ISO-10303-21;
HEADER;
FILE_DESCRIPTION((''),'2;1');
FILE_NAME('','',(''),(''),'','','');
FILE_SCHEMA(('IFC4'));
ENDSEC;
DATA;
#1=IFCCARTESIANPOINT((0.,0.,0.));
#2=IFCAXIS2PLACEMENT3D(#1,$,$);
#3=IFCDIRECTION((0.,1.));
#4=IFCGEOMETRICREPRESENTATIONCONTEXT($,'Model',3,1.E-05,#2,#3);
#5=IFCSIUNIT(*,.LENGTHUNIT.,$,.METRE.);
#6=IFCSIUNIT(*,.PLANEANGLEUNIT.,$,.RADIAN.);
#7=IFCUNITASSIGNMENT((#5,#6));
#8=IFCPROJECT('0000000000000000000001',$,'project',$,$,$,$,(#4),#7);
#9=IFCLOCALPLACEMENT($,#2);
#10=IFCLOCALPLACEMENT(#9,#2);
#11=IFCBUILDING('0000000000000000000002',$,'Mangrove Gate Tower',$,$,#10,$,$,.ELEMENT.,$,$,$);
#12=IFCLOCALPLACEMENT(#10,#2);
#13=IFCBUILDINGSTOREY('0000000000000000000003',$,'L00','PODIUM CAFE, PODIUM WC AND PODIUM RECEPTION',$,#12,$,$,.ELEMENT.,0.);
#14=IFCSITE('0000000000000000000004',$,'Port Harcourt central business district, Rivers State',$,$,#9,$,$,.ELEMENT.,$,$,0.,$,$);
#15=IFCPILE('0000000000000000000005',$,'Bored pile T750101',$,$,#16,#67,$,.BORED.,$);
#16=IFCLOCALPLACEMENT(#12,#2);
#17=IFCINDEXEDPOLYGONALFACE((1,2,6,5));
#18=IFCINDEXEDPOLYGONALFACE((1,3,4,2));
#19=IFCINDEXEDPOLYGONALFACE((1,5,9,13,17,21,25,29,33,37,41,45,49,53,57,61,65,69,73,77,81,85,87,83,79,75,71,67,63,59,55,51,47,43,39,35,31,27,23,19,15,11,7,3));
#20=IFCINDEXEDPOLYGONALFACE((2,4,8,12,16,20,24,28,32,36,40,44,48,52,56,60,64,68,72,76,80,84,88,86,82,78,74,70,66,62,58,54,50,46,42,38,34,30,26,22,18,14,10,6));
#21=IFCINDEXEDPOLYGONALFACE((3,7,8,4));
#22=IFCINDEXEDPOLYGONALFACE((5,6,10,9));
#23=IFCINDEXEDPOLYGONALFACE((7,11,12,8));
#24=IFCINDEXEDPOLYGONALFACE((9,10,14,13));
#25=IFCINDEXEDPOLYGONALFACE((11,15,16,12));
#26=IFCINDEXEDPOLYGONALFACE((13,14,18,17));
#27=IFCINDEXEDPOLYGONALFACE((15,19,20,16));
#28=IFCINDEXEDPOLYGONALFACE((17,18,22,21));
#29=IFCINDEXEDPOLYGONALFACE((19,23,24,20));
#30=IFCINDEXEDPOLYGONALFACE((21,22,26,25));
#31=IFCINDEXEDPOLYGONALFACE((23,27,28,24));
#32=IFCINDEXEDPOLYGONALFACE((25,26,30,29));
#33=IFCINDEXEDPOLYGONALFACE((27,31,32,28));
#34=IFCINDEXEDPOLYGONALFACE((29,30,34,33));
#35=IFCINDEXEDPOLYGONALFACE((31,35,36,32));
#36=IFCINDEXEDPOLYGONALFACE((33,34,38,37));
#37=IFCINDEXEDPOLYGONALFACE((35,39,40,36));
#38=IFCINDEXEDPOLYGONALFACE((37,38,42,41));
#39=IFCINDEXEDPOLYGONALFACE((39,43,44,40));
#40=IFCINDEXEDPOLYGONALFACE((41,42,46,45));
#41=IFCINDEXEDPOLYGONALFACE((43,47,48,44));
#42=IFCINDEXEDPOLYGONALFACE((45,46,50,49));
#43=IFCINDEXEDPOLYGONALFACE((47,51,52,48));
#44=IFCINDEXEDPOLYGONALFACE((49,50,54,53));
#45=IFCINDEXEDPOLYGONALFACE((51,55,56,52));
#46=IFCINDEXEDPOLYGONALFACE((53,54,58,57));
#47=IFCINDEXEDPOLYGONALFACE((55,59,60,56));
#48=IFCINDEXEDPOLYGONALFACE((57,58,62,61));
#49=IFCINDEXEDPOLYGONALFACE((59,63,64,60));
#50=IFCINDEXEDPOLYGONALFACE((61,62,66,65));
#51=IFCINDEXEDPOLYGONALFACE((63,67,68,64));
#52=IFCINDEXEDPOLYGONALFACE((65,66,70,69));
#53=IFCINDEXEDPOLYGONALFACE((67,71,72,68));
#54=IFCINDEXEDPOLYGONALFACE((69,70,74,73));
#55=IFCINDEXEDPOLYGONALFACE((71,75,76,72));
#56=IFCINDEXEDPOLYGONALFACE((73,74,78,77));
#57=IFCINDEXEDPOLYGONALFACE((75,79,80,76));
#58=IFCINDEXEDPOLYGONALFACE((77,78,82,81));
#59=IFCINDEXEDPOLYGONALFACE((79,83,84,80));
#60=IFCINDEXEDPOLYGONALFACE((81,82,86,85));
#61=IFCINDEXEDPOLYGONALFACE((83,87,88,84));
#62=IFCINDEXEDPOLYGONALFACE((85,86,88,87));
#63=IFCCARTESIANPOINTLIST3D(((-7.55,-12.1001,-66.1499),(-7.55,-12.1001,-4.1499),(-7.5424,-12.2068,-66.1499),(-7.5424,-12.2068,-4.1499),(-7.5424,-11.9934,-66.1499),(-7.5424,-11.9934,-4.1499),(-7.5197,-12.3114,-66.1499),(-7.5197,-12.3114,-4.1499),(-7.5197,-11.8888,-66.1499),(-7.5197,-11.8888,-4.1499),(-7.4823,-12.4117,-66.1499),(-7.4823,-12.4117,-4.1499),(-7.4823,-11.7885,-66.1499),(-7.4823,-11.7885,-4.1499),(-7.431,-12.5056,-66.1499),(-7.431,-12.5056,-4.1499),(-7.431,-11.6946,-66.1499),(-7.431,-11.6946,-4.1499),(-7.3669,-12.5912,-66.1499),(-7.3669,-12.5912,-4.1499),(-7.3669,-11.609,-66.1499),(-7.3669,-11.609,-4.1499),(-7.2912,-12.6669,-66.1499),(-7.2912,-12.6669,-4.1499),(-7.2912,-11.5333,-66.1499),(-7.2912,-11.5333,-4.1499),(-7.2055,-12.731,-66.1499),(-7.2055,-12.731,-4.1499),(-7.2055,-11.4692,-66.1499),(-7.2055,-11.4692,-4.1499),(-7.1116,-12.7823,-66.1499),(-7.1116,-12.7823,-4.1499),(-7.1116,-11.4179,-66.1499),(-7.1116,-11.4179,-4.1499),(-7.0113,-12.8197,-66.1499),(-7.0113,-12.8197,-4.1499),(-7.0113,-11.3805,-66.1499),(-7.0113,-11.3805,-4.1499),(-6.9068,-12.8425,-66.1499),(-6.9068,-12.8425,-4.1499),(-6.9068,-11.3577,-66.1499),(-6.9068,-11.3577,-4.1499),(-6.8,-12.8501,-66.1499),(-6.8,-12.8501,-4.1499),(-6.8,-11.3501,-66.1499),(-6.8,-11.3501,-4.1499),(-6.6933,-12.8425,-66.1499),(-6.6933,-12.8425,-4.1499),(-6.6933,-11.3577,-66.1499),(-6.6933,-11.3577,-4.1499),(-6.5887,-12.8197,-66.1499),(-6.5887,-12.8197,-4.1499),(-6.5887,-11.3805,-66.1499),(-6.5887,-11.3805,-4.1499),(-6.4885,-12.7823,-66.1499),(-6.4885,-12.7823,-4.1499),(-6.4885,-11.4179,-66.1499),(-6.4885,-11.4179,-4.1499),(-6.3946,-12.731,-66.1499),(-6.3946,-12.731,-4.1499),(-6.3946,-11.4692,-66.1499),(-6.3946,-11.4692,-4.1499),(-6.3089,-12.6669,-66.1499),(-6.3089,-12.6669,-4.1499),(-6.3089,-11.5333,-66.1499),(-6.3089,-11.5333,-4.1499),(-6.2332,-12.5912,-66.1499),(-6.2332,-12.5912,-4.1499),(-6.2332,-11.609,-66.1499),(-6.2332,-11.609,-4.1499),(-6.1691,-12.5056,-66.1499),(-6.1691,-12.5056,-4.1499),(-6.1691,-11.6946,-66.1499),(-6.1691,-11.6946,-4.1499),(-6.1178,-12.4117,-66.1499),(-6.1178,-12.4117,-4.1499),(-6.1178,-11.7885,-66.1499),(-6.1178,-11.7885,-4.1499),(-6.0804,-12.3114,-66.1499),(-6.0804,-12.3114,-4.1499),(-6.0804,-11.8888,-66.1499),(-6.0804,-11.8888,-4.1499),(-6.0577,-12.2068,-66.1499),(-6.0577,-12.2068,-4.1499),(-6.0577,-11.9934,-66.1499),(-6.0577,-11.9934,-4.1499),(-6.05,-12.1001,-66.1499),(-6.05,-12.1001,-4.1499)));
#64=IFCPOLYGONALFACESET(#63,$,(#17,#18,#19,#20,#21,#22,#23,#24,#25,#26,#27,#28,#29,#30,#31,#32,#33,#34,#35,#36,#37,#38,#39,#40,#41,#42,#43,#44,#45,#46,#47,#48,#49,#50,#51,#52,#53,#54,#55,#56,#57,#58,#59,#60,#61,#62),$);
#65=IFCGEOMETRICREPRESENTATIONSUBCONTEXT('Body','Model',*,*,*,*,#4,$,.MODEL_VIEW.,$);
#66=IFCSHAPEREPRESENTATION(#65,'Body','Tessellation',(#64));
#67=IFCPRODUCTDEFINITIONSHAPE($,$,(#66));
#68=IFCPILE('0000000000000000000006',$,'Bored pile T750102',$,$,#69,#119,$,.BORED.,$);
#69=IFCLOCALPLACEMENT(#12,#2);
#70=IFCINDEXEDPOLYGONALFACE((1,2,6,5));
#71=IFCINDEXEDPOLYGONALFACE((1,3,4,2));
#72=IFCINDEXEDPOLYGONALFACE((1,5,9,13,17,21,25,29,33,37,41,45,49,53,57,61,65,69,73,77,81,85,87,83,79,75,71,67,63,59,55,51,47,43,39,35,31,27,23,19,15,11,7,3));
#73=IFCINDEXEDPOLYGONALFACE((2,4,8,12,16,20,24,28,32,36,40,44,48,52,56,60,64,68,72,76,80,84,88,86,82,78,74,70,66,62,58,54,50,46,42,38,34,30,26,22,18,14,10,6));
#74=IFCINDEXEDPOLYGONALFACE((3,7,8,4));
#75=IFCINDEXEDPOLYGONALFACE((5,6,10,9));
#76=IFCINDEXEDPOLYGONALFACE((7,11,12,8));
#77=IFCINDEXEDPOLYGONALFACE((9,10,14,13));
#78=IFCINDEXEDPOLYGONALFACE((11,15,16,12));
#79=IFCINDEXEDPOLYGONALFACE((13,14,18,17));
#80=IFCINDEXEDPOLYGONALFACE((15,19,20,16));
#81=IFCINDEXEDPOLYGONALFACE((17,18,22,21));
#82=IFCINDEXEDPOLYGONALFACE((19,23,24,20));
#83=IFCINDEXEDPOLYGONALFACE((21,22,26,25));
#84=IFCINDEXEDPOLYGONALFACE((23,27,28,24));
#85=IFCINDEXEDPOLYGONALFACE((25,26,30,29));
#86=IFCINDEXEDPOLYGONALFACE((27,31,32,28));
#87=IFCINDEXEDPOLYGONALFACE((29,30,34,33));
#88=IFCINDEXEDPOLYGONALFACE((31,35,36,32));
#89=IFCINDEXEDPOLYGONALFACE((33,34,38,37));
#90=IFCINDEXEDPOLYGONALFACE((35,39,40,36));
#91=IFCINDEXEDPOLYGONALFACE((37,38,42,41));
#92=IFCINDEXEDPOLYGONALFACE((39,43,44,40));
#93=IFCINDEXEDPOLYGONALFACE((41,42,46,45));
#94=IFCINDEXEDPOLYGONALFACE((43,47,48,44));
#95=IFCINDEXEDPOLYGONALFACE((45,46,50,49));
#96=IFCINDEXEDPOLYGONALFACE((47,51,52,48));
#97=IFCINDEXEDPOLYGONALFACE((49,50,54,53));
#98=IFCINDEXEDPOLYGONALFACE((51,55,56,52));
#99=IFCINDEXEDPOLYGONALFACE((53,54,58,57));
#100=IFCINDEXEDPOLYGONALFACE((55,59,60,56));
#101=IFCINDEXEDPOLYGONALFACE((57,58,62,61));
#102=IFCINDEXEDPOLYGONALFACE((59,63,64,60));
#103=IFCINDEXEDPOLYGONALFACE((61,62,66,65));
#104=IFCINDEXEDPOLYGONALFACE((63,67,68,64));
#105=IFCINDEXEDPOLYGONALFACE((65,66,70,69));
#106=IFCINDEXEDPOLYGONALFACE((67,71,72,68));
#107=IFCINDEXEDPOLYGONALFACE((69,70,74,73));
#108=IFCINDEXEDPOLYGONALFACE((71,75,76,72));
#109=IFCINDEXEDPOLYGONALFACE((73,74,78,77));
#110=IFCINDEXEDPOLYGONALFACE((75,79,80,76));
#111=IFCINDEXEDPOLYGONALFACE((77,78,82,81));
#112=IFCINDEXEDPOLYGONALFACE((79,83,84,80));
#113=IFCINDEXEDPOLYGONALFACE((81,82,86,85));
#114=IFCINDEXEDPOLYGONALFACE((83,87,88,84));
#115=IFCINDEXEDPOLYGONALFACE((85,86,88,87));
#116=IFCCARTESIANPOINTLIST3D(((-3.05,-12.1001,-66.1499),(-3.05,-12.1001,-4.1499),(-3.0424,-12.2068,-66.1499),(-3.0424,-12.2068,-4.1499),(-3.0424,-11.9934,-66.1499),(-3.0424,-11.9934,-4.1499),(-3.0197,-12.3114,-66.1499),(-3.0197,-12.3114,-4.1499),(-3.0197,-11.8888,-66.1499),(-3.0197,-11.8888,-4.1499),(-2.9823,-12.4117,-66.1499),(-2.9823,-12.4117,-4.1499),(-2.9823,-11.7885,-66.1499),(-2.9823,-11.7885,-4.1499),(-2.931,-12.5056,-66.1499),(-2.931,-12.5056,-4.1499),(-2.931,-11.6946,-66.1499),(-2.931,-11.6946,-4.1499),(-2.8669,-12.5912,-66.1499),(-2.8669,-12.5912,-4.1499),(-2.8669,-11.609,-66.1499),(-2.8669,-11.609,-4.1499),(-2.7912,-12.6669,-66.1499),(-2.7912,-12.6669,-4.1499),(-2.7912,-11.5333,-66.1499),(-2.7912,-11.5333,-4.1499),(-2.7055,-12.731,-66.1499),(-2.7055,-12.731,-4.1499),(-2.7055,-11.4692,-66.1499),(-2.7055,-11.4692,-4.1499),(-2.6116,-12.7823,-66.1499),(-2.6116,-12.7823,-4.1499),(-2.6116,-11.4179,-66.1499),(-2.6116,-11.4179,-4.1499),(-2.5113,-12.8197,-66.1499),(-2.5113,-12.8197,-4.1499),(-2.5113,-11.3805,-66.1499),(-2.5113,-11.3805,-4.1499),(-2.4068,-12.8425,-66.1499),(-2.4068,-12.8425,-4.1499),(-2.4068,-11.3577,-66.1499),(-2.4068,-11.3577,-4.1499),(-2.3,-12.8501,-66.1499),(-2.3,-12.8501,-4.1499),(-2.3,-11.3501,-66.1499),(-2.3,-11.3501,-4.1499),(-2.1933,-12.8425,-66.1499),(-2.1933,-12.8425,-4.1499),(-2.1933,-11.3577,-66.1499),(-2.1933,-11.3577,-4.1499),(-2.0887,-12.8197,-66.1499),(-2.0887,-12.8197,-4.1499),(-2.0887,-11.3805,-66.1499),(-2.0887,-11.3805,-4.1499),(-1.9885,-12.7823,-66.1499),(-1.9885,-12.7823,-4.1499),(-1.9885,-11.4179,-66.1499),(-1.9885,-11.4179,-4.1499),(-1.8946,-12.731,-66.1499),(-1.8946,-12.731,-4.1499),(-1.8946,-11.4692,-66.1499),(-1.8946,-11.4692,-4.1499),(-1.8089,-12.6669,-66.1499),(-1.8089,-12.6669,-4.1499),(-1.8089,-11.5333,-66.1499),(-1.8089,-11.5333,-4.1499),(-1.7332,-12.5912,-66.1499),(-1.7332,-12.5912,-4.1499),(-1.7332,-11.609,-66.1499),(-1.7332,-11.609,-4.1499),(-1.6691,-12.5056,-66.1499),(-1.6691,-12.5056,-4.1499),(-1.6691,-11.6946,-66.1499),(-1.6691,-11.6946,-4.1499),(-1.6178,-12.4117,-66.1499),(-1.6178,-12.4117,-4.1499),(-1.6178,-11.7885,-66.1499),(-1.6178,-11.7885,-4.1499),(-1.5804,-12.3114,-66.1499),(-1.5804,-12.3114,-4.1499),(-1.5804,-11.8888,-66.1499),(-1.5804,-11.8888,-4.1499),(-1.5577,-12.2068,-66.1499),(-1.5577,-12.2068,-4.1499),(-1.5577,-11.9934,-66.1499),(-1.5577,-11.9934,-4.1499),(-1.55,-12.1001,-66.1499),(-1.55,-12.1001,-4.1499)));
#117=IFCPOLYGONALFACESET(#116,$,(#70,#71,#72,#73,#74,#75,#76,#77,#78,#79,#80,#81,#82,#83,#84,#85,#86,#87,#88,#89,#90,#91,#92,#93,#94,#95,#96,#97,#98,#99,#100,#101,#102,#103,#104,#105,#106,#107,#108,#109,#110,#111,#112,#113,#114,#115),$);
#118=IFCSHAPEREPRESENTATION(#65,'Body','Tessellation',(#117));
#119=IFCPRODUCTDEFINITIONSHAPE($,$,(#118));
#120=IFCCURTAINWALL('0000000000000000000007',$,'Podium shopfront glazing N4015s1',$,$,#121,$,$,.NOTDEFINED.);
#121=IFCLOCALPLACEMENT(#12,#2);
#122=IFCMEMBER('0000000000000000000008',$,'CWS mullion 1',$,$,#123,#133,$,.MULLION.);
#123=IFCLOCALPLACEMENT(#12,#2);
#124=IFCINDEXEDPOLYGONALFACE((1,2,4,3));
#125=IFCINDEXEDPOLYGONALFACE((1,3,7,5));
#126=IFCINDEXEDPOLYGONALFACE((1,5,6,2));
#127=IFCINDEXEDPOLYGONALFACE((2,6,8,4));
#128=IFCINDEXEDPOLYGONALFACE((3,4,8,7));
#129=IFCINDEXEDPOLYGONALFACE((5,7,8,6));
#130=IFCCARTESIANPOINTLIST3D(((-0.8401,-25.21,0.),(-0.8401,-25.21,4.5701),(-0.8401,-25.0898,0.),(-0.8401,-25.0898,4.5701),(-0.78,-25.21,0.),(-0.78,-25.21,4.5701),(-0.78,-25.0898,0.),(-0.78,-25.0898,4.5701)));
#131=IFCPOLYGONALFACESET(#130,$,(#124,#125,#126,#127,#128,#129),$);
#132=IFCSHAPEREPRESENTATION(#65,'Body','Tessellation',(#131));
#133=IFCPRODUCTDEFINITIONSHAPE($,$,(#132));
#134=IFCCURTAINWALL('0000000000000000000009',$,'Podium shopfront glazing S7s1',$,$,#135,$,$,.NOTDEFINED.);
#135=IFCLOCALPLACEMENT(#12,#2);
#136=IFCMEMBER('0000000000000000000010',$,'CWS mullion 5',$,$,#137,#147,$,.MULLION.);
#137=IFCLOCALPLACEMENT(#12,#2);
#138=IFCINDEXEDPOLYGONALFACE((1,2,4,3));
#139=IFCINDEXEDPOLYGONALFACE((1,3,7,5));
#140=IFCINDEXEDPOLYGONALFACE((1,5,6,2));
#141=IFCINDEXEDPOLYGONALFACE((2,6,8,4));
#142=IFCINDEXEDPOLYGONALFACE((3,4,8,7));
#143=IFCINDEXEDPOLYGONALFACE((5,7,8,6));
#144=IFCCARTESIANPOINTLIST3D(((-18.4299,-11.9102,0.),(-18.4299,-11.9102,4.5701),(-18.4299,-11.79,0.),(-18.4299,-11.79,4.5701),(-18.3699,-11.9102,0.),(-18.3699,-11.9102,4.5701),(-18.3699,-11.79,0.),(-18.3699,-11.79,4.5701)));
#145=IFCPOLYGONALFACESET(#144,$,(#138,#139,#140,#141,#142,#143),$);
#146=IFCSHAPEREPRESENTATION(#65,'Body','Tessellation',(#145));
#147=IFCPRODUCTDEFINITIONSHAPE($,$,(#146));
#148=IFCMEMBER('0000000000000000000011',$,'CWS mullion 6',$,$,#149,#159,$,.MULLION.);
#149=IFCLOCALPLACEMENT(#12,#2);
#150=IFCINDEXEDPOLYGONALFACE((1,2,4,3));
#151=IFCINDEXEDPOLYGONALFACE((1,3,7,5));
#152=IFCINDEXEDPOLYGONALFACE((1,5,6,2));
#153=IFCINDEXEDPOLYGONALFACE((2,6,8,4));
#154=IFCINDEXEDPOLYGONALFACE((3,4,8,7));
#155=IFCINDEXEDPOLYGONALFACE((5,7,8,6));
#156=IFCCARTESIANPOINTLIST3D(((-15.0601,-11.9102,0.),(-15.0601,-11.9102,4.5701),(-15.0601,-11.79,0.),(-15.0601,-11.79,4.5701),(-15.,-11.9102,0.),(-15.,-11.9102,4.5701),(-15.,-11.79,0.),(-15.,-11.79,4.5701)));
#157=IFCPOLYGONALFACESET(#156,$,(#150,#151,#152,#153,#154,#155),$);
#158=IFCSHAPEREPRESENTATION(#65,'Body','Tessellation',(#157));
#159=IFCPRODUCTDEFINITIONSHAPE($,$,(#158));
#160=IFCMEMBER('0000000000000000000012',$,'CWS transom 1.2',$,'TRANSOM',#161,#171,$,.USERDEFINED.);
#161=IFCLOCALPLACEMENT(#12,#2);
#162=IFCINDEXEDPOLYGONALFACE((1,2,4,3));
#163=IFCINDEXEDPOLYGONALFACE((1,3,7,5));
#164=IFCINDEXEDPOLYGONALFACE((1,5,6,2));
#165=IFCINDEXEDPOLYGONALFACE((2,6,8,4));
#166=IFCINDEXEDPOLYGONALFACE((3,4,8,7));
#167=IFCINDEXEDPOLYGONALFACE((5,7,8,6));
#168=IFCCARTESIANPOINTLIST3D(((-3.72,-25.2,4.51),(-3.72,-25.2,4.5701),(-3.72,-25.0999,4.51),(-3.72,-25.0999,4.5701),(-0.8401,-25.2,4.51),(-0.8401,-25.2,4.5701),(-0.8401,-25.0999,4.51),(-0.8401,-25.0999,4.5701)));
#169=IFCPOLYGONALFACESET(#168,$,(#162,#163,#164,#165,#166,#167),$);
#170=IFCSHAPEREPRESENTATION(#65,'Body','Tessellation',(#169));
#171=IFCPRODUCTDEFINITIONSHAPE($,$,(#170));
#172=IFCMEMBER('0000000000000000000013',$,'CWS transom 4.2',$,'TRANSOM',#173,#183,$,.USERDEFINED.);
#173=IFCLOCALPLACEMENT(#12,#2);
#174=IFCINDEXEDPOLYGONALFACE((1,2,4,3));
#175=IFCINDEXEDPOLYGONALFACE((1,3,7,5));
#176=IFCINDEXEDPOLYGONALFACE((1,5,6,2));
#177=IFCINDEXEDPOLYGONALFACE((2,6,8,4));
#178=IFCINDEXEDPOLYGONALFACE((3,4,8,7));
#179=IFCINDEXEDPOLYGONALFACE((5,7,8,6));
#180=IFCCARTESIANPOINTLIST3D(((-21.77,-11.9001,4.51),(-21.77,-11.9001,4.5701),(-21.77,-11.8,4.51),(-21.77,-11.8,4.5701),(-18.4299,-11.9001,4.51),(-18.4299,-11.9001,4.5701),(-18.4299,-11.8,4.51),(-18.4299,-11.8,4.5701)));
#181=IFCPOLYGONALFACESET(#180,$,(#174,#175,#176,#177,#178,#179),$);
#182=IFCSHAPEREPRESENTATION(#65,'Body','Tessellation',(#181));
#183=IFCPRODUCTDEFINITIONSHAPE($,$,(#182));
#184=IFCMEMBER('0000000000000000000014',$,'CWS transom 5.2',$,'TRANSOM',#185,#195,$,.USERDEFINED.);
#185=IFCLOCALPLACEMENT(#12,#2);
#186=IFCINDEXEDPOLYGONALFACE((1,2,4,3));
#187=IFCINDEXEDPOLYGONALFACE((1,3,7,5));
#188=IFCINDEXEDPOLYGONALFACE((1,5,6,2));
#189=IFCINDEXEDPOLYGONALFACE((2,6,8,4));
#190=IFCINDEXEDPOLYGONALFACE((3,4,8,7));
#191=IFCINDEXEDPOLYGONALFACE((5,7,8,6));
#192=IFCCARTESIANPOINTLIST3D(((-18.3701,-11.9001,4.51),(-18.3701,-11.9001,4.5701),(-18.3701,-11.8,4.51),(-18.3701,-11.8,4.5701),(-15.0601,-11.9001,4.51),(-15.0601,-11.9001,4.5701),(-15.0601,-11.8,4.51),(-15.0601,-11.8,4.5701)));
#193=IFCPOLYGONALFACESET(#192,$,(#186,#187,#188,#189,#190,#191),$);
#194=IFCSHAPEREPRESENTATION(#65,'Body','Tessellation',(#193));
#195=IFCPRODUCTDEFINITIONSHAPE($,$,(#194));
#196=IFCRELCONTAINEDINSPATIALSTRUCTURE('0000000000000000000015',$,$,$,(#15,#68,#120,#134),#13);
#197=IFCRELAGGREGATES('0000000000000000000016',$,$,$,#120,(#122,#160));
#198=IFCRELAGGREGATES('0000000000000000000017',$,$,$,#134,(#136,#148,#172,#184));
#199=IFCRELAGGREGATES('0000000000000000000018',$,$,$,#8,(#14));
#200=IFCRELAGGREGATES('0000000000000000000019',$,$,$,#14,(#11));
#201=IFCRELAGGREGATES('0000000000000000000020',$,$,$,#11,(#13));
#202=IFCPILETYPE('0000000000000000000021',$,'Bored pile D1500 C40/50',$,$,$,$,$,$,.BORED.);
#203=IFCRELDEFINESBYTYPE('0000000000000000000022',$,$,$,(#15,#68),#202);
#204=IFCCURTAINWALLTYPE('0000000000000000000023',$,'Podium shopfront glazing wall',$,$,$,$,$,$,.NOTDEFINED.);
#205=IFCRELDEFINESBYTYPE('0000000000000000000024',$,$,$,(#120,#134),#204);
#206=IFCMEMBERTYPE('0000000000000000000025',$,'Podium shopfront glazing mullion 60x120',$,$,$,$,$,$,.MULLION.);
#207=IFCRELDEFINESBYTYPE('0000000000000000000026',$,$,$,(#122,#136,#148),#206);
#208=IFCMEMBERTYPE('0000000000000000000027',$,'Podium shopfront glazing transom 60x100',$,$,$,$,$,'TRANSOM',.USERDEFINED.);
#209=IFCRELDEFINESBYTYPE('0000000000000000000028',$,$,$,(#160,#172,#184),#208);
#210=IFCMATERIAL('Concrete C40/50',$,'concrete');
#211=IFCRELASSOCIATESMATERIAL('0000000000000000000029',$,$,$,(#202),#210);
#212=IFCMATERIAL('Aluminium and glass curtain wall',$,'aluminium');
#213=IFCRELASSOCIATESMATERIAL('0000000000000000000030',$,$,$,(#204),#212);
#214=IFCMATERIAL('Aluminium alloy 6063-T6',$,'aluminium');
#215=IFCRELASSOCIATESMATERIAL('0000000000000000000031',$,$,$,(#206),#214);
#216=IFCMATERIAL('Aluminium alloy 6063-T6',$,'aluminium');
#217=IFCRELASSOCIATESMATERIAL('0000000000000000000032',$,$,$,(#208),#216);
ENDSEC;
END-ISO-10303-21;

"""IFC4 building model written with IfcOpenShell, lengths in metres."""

from ifc_helpers import new_model, si_unit, direction, frame, origin, origin_2d, place, context, subcontext, project, spatial, rectangle, circle, extrude, material, material_profile, profile_set, type_object, element, aggregate, save


model = new_model("IFC4")

# Units and contexts
model_context = context("Model", 3, precision=1e-05, world=origin(), true_north=direction((0.0, 1.0)))
body_context = subcontext(model_context, "Body", "Model", "MODEL_VIEW")
ifc_project = project(units=[si_unit("LENGTHUNIT", "METRE"), si_unit("PLANEANGLEUNIT", "RADIAN")], contexts=[model_context])

# Site, building, storey
site_placement = place(None, origin())
site = spatial("IfcSite", under=ifc_project, at=site_placement, Name="Port Harcourt central business district, Rivers State", CompositionType="ELEMENT", RefElevation=0.0)
building_placement = place(site_placement, origin())
building = spatial("IfcBuilding", under=site, at=building_placement, Name="Mangrove Gate Tower", CompositionType="ELEMENT")
storey_placement = place(building_placement, origin())
storey = spatial("IfcBuildingStorey", under=building, at=storey_placement, Name="L00", Description="PODIUM CAFE, PODIUM WC AND PODIUM RECEPTION", CompositionType="ELEMENT", Elevation=0.0)

# Piles
ifc_material_1 = material(Name="Concrete C40/50", Category="concrete")
ifc_material_profile_1 = material_profile(ifc_material_1, circle(Radius=0.75, at=origin_2d()))
ifc_profile_set_1 = profile_set([ifc_material_profile_1], Name="Concrete C40/50")
pile_type = type_object("IfcPileType", Name="Bored pile D1500 C40/50", PredefinedType="BORED", material=ifc_profile_set_1)
for number, where, z_axis, x_axis, name in (
    (1, (-6.8, -12.1001, -4.1499), (0.0, 0.0, -1.0), (1.0, 0.0, 0.0), "Bored pile T750101"),
    (2, (-2.3, -12.1001, -4.1499), (0.0, 0.0, -1.0), (1.0, 0.0, 0.0), "Bored pile T750102"),
):
    element("IfcPile", number, at=place(storey_placement, frame(where, z_axis=z_axis, x_axis=x_axis)), inside=storey, type_object=pile_type, Name=name, PredefinedType="BORED", context=body_context, shape_type="SweptSolid", body=[
        extrude(circle(Radius=0.75, at=origin_2d()), origin(), (0.0, 0.0, 1.0), 62.0),
    ])

# Curtain wall, member
ifc_material_2 = material(Name="Aluminium and glass curtain wall", Category="aluminium")
curtain_wall_type = type_object("IfcCurtainWallType", Name="Podium shopfront glazing wall", PredefinedType="NOTDEFINED", material=ifc_material_2)
curtain_wall_1_placement = place(storey_placement, origin())
curtain_wall_1 = element("IfcCurtainWall", 3, at=curtain_wall_1_placement, inside=storey, type_object=curtain_wall_type, Name="Podium shopfront glazing N4015s1", PredefinedType="NOTDEFINED")
ifc_material_3 = material(Name="Aluminium alloy 6063-T6", Category="aluminium")
ifc_material_profile_2 = material_profile(ifc_material_3, rectangle(XDim=0.0601, YDim=0.1201, at=origin_2d()))
ifc_profile_set_2 = profile_set([ifc_material_profile_2], Name="Aluminium alloy 6063-T6")
member_type_1 = type_object("IfcMemberType", Name="Podium shopfront glazing mullion 60x120", PredefinedType="MULLION", material=ifc_profile_set_2)
member_1_placement = place(storey_placement, frame((-0.8101, -25.1499, 0.0), z_axis=(0.0, 0.0, 1.0), x_axis=(-1.0, 0.0, 0.0)))
member_1 = element("IfcMember", 4, at=member_1_placement, type_object=member_type_1, Name="CWS mullion 1", PredefinedType="MULLION", context=body_context, shape_type="SweptSolid", body=[
    extrude(rectangle(XDim=0.0601, YDim=0.1201, at=origin_2d()), origin(), (0.0, 0.0, 1.0), 4.5701),
])

# Curtain wall, members
curtain_wall_2_placement = place(storey_placement, origin())
curtain_wall_2 = element("IfcCurtainWall", 5, at=curtain_wall_2_placement, inside=storey, type_object=curtain_wall_type, Name="Podium shopfront glazing S7s1", PredefinedType="NOTDEFINED")
member_2_placement = place(storey_placement, frame((-18.3999, -11.8501, 0.0), z_axis=(0.0, 0.0, 1.0), x_axis=(1.0, 0.0, 0.0)))
member_2 = element("IfcMember", 6, at=member_2_placement, type_object=member_type_1, Name="CWS mullion 5", PredefinedType="MULLION", context=body_context, shape_type="SweptSolid", body=[
    extrude(rectangle(XDim=0.0601, YDim=0.1201, at=origin_2d()), origin(), (0.0, 0.0, 1.0), 4.5701),
])
member_3_placement = place(storey_placement, frame((-15.03, -11.8501, 0.0), z_axis=(0.0, 0.0, 1.0), x_axis=(1.0, 0.0, 0.0)))
member_3 = element("IfcMember", 7, at=member_3_placement, type_object=member_type_1, Name="CWS mullion 6", PredefinedType="MULLION", context=body_context, shape_type="SweptSolid", body=[
    extrude(rectangle(XDim=0.0601, YDim=0.1201, at=origin_2d()), origin(), (0.0, 0.0, 1.0), 4.5701),
])

# Members
ifc_material_4 = material(Name="Aluminium alloy 6063-T6", Category="aluminium")
ifc_material_profile_3 = material_profile(ifc_material_4, rectangle(XDim=0.0601, YDim=0.1001, at=origin_2d()))
ifc_profile_set_3 = profile_set([ifc_material_profile_3], Name="Aluminium alloy 6063-T6")
member_type_2 = type_object("IfcMemberType", Name="Podium shopfront glazing transom 60x100", ElementType="TRANSOM", PredefinedType="USERDEFINED", material=ifc_profile_set_3)
member_4_placement = place(storey_placement, frame((-0.8401, -25.1499, 4.54), z_axis=(-1.0, 0.0, 0.0), x_axis=(0.0, 0.0, 1.0)))
member_4 = element("IfcMember", 8, at=member_4_placement, type_object=member_type_2, Name="CWS transom 1.2", ObjectType="TRANSOM", PredefinedType="USERDEFINED", context=body_context, shape_type="SweptSolid", body=[
    extrude(rectangle(XDim=0.0601, YDim=0.1001, at=origin_2d()), origin(), (0.0, 0.0, 1.0), 2.8799),
])
aggregate(curtain_wall_1, [member_1, member_4])
member_5_placement = place(storey_placement, frame((-21.77, -11.8501, 4.54), z_axis=(1.0, 0.0, 0.0), x_axis=(0.0, 0.0, 1.0)))
member_5 = element("IfcMember", 9, at=member_5_placement, type_object=member_type_2, Name="CWS transom 4.2", ObjectType="TRANSOM", PredefinedType="USERDEFINED", context=body_context, shape_type="SweptSolid", body=[
    extrude(rectangle(XDim=0.0601, YDim=0.1001, at=origin_2d()), origin(), (0.0, 0.0, 1.0), 3.3401),
])
member_6_placement = place(storey_placement, frame((-18.3701, -11.8501, 4.54), z_axis=(1.0, 0.0, 0.0), x_axis=(0.0, 0.0, 1.0)))
member_6 = element("IfcMember", 10, at=member_6_placement, type_object=member_type_2, Name="CWS transom 5.2", ObjectType="TRANSOM", PredefinedType="USERDEFINED", context=body_context, shape_type="SweptSolid", body=[
    extrude(rectangle(XDim=0.0601, YDim=0.1001, at=origin_2d()), origin(), (0.0, 0.0, 1.0), 3.3101),
])

aggregate(curtain_wall_2, [member_2, member_3, member_5, member_6])

save(model, "model.ifc")
